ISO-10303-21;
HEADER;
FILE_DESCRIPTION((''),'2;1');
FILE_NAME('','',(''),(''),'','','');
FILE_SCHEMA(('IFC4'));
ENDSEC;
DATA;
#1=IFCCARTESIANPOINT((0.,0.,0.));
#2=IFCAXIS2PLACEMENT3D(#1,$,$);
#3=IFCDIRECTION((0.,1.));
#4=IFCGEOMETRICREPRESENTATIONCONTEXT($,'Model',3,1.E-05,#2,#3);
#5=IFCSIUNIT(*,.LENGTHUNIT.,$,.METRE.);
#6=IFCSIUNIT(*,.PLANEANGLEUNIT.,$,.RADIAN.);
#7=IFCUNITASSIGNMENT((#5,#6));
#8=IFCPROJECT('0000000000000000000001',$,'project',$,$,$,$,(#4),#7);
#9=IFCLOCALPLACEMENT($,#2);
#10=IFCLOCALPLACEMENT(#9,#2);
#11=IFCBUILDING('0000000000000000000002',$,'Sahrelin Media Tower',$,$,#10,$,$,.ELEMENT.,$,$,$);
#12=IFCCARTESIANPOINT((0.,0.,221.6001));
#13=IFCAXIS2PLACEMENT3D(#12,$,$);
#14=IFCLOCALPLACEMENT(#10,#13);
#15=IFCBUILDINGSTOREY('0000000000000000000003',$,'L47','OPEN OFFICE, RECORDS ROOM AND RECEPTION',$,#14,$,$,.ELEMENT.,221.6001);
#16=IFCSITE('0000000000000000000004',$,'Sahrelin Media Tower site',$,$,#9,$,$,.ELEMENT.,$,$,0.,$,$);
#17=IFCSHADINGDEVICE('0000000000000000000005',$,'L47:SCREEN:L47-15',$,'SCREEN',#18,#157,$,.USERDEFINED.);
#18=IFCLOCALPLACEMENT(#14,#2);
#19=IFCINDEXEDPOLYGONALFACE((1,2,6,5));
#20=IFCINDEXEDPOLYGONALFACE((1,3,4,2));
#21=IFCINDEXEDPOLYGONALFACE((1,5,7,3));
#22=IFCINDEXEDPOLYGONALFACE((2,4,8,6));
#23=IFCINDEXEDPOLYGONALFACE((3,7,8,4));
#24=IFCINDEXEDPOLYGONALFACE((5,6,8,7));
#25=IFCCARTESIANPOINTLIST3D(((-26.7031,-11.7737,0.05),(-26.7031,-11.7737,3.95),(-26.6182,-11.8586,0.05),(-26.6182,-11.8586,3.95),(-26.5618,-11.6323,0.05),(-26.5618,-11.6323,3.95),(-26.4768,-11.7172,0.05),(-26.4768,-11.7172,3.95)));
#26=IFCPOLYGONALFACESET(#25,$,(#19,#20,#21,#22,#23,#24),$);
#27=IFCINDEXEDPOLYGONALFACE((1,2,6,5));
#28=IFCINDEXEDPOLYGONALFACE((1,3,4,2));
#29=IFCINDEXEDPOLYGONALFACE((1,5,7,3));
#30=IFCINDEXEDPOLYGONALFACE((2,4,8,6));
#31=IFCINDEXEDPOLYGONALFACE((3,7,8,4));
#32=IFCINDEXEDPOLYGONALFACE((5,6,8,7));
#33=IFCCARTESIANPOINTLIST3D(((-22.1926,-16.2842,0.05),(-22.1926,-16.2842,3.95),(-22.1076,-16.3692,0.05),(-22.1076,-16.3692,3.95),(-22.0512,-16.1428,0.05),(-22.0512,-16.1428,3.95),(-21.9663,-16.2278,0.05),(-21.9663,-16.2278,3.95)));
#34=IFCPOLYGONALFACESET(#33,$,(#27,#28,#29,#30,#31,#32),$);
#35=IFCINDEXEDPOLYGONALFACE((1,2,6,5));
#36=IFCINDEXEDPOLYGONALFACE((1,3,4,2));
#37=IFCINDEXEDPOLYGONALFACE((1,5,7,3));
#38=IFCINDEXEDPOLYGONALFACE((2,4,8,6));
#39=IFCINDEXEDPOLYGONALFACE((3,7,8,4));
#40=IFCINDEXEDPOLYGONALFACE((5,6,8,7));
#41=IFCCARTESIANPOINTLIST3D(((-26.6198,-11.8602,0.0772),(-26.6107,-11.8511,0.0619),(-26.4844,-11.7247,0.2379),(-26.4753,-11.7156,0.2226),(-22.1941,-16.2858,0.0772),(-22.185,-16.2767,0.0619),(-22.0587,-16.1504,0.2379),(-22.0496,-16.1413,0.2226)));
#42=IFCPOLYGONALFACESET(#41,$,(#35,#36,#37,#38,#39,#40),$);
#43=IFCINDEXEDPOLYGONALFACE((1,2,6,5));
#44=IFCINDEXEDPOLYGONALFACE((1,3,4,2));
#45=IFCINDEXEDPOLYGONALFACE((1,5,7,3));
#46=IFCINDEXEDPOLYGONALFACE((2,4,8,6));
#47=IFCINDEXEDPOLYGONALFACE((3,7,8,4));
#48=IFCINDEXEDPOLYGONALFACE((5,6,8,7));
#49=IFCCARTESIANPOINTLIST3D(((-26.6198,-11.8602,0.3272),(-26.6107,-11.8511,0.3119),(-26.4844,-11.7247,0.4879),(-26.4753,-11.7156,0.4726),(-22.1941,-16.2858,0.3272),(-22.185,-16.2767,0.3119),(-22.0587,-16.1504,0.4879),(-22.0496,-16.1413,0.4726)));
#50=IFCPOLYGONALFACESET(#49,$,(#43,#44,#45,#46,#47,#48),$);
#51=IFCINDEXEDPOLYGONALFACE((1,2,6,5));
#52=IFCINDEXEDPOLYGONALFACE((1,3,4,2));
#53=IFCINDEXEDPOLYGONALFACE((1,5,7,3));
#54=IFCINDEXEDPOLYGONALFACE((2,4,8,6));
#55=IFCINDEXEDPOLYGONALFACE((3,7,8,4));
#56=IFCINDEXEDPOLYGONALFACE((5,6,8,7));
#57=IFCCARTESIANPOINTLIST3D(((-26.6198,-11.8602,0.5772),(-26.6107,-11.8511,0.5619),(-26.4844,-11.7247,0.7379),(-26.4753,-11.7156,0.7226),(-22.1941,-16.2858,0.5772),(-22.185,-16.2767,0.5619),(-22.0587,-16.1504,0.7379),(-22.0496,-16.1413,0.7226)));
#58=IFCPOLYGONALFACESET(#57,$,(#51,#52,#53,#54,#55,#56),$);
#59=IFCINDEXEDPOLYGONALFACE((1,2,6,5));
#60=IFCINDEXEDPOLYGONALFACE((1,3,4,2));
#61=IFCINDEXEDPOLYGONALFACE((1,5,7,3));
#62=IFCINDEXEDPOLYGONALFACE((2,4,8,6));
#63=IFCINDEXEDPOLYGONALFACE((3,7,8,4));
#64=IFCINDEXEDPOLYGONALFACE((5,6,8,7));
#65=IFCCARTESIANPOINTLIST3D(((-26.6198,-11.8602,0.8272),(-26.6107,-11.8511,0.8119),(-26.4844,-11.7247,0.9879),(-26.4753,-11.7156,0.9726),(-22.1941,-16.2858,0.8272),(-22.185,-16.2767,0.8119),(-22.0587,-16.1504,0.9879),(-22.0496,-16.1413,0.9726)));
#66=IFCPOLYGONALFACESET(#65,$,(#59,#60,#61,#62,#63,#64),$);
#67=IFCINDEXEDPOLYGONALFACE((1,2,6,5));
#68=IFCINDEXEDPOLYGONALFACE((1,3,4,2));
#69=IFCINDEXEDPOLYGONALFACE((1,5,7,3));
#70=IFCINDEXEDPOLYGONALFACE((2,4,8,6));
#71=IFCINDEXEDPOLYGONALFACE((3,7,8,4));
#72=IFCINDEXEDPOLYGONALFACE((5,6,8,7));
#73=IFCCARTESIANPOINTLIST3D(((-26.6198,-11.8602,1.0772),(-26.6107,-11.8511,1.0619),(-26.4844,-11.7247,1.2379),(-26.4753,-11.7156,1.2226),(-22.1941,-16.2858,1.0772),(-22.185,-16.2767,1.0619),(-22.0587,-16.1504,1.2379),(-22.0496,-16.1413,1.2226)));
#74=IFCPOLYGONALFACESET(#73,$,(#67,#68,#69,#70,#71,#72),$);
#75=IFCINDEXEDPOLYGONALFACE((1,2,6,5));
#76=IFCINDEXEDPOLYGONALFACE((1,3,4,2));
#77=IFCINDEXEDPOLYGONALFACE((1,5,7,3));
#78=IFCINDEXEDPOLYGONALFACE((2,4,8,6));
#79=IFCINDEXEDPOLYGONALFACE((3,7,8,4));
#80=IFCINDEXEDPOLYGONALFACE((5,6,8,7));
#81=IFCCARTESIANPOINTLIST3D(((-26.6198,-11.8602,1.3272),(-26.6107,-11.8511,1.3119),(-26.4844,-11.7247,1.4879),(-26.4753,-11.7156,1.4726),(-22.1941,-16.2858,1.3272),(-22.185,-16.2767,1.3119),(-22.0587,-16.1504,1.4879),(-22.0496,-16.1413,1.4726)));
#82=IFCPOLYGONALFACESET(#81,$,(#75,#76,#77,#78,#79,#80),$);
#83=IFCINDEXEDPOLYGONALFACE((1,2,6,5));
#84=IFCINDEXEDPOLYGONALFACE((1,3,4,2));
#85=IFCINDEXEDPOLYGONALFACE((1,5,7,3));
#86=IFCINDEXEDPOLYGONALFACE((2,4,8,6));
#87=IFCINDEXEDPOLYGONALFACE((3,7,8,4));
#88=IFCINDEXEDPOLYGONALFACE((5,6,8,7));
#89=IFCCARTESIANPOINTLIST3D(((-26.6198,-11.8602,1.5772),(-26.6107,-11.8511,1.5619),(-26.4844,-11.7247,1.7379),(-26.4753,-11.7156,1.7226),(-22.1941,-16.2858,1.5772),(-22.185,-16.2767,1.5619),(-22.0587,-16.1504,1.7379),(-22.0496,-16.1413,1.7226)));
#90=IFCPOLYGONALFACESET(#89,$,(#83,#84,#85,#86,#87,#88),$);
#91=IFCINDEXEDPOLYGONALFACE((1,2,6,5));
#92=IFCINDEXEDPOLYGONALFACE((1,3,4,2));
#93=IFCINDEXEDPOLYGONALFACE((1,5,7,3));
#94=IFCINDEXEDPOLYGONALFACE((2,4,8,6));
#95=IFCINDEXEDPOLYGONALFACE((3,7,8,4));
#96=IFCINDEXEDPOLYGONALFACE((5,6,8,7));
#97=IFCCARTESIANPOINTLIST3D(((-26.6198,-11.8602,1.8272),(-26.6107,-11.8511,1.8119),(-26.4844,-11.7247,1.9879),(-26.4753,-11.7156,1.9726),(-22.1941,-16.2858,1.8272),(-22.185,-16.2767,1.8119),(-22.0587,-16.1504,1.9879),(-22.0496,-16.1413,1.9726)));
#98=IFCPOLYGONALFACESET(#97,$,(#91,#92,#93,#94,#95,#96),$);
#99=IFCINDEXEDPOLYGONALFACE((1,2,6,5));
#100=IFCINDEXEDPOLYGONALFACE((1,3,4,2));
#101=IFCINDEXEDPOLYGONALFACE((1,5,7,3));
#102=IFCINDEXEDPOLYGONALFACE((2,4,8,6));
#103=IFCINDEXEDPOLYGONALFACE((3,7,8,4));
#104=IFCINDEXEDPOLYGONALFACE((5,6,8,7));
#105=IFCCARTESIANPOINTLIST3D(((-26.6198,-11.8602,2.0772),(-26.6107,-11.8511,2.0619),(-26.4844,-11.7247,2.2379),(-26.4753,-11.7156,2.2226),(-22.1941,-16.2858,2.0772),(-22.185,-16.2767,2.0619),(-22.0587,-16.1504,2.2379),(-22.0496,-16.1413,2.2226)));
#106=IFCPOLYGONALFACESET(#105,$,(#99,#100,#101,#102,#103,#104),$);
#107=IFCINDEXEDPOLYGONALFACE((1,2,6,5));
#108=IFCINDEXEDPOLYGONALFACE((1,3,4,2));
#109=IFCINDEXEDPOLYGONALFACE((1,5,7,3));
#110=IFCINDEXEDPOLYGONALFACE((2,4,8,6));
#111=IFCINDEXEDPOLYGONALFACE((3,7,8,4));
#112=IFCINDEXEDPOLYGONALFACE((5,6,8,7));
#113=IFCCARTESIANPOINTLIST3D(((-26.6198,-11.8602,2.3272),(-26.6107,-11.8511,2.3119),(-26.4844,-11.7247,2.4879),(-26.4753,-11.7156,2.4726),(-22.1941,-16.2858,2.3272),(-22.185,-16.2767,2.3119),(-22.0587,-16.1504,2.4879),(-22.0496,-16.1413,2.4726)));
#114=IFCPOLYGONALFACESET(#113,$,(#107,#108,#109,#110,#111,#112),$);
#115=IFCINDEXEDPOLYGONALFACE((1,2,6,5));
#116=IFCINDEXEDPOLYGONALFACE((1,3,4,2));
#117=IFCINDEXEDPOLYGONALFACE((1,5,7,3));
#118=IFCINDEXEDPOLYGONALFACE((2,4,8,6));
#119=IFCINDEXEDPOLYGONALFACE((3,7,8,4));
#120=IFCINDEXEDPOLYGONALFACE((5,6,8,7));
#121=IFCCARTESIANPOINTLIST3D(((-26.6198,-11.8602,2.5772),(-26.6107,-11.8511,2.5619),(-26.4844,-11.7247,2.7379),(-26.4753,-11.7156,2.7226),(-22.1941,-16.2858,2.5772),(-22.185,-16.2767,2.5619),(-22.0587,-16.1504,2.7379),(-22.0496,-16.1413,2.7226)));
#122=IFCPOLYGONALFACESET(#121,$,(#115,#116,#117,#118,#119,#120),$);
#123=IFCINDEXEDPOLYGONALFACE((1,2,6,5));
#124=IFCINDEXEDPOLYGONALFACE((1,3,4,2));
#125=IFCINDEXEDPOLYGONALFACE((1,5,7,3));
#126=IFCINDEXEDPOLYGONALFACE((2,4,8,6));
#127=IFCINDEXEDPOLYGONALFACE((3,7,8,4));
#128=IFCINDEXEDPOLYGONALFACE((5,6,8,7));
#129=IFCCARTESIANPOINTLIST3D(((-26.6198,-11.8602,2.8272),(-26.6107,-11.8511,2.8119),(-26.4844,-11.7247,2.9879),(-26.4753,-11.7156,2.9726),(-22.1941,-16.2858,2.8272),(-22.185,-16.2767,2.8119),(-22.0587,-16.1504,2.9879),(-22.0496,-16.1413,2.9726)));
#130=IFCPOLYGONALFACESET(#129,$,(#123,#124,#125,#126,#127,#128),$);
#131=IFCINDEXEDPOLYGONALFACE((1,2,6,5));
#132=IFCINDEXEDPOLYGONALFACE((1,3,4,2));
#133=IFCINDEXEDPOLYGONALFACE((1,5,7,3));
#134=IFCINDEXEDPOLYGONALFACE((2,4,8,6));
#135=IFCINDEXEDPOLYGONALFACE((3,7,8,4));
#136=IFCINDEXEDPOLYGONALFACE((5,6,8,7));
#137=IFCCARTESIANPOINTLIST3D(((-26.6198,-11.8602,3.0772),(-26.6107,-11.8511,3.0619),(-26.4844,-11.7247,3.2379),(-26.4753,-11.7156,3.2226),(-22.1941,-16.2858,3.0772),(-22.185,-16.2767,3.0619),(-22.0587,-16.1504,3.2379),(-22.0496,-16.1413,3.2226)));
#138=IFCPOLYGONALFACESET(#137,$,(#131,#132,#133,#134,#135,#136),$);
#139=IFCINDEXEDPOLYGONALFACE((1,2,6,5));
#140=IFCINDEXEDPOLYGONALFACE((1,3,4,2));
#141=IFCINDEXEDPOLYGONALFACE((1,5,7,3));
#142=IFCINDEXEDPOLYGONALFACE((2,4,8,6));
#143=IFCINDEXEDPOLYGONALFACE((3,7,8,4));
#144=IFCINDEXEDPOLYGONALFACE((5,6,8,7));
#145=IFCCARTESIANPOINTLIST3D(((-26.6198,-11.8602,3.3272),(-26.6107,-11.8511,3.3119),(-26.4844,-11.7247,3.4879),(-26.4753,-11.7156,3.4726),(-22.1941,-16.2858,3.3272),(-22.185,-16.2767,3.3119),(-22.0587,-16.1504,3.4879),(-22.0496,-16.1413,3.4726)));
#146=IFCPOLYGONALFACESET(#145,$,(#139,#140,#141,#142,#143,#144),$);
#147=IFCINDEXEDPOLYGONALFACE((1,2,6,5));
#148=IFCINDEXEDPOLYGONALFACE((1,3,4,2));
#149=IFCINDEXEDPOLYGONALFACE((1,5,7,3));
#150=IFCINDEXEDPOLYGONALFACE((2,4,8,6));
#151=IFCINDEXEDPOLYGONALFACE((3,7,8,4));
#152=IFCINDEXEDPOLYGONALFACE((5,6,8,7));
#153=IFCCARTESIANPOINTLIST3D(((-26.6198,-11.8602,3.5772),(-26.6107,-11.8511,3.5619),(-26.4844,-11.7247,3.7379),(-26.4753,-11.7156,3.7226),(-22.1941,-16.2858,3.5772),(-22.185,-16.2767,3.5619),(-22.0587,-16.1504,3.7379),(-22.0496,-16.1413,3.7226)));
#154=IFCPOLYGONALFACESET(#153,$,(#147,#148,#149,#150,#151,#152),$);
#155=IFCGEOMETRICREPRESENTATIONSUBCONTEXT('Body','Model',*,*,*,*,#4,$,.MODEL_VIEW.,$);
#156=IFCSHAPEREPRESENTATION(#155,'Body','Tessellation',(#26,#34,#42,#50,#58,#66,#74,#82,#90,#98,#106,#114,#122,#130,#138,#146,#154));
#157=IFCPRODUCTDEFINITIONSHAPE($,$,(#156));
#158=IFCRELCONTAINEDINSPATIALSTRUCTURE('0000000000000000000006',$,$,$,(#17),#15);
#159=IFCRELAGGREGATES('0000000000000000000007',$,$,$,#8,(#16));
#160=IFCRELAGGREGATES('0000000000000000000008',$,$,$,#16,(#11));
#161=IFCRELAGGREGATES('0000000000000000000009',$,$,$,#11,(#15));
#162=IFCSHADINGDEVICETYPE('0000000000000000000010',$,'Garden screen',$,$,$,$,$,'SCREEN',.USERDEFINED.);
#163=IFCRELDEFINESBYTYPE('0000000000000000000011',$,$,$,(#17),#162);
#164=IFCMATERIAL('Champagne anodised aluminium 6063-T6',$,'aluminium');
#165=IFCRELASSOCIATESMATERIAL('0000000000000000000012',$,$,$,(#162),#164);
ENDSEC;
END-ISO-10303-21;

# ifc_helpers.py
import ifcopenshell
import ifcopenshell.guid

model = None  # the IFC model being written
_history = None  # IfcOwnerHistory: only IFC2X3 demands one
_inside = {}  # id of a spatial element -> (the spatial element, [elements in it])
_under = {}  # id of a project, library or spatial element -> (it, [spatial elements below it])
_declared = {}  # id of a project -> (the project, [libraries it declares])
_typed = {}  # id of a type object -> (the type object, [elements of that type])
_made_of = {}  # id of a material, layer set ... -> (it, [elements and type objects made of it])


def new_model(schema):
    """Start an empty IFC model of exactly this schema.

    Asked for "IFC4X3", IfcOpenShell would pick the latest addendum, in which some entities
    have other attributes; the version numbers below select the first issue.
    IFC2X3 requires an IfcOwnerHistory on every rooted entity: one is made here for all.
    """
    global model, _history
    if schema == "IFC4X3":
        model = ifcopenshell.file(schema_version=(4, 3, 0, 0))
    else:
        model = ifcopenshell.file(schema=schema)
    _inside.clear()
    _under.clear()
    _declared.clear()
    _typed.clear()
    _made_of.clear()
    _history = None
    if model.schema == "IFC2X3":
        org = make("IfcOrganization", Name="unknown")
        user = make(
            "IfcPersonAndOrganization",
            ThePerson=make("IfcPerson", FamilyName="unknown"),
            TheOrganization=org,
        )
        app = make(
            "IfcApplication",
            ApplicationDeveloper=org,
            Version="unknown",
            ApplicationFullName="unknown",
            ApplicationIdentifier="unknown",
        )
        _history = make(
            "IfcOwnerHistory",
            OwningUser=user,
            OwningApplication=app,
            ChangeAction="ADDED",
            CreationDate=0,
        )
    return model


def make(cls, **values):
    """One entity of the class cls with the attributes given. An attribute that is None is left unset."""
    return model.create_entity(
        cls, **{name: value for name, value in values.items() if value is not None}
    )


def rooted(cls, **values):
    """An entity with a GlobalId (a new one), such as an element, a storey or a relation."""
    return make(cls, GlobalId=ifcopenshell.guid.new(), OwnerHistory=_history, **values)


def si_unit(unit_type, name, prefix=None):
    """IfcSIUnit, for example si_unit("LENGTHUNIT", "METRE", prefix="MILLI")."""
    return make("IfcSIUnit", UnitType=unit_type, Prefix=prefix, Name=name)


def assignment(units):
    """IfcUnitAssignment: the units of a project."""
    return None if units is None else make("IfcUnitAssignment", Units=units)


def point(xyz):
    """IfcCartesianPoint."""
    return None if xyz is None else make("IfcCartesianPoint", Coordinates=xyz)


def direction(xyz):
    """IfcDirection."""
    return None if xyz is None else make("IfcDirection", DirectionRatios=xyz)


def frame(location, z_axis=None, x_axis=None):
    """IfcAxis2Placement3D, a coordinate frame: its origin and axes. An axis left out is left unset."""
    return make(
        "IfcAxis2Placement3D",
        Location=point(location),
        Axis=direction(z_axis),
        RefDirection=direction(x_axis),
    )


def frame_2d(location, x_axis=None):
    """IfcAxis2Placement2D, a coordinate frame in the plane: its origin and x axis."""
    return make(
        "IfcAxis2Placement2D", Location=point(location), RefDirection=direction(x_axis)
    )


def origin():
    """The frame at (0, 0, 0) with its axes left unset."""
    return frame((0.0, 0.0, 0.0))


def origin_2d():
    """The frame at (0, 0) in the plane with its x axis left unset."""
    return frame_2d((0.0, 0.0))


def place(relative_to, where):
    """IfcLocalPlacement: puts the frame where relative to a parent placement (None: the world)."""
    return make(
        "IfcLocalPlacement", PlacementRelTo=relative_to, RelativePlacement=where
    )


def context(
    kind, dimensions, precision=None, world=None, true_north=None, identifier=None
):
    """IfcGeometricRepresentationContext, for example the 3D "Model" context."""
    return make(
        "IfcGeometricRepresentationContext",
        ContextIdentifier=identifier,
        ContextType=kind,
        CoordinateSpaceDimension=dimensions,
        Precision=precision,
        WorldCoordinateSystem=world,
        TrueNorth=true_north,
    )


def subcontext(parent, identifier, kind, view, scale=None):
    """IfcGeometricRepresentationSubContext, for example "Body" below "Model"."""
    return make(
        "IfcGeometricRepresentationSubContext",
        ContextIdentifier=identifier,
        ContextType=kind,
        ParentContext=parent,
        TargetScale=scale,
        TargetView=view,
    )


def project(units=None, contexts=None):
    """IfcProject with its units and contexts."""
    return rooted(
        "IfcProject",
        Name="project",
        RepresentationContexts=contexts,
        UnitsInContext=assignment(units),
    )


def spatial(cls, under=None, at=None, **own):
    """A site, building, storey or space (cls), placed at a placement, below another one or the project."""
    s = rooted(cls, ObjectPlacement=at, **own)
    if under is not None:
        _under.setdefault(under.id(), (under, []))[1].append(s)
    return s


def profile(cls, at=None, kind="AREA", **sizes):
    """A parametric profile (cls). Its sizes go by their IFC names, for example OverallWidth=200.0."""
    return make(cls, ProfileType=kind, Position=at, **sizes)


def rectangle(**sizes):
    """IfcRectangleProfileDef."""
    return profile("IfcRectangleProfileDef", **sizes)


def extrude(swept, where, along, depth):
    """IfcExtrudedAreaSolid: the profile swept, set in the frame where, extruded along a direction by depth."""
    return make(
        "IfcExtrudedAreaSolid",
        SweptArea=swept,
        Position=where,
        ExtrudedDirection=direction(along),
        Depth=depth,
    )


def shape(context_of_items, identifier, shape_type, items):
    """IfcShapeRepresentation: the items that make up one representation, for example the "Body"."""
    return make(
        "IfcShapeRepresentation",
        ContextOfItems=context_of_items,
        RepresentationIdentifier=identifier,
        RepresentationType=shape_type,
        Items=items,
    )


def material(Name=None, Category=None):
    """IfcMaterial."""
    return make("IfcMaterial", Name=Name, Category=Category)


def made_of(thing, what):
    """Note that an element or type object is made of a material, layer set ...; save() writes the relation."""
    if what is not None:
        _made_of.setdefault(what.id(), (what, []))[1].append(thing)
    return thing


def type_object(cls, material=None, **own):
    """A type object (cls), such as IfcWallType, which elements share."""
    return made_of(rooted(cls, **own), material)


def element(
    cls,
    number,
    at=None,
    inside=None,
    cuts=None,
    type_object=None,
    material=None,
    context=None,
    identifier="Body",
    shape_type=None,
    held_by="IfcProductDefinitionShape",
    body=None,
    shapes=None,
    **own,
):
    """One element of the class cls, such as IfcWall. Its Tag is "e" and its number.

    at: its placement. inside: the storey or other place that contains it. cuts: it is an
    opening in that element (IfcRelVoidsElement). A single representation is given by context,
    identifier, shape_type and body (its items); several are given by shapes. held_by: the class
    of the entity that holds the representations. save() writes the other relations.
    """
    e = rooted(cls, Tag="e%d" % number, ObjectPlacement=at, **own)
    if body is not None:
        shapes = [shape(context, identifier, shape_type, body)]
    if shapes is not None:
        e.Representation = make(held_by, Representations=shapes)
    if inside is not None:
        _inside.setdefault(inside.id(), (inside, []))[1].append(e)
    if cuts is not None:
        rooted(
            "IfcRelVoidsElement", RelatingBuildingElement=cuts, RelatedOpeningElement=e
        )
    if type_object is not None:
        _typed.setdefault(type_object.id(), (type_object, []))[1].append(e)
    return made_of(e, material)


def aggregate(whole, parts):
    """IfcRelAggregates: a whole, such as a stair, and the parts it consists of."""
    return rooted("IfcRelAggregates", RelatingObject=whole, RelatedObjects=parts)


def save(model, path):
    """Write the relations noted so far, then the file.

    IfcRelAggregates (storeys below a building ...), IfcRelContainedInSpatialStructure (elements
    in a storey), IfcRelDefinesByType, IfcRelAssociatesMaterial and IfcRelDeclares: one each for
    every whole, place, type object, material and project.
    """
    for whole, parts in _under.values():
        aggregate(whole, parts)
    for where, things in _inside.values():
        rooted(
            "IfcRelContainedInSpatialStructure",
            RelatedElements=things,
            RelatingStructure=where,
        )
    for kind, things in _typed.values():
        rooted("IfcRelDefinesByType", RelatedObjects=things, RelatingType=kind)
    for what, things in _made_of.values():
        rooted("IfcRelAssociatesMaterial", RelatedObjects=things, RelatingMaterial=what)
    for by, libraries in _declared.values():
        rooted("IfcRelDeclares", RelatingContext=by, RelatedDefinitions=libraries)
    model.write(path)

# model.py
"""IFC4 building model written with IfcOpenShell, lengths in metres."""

from ifc_helpers import new_model, si_unit, direction, frame, origin, origin_2d, place, context, subcontext, project, spatial, rectangle, extrude, material, type_object, element, save


model = new_model("IFC4")

# Units and contexts
model_context = context("Model", 3, precision=1e-05, world=origin(), true_north=direction((0.0, 1.0)))
body_context = subcontext(model_context, "Body", "Model", "MODEL_VIEW")
ifc_project = project(units=[si_unit("LENGTHUNIT", "METRE"), si_unit("PLANEANGLEUNIT", "RADIAN")], contexts=[model_context])

# Site, building, storey
site_placement = place(None, origin())
site = spatial("IfcSite", under=ifc_project, at=site_placement, Name="Sahrelin Media Tower site", CompositionType="ELEMENT", RefElevation=0.0)
building_placement = place(site_placement, origin())
building = spatial("IfcBuilding", under=site, at=building_placement, Name="Sahrelin Media Tower", CompositionType="ELEMENT")
storey_placement = place(building_placement, frame((0.0, 0.0, 221.6001)))
storey = spatial("IfcBuildingStorey", under=building, at=storey_placement, Name="L47", Description="OPEN OFFICE, RECORDS ROOM AND RECEPTION", CompositionType="ELEMENT", Elevation=221.6001)

# Shared definitions
ifc_material_1 = material(Name="Champagne anodised aluminium 6063-T6", Category="aluminium")

# Shading device
shading_device_type_1 = type_object("IfcShadingDeviceType", Name="Garden screen", ElementType="SCREEN", PredefinedType="USERDEFINED", material=ifc_material_1)
shading_device_1_placement = place(storey_placement, frame((-24.2639, -13.9299, 0.0), z_axis=(0.0, 0.0, 1.0), x_axis=(-0.707107, 0.707107, 0.0)))
element("IfcShadingDevice", 1, at=shading_device_1_placement, inside=storey, type_object=shading_device_type_1, Name="L47:SCREEN:L47-15", ObjectType="SCREEN", PredefinedType="USERDEFINED", context=body_context, shape_type="SweptSolid", body=[
    extrude(rectangle(XDim=0.1201, YDim=0.2, at=origin_2d()), frame((3.1895, 0.1001, 0.05), z_axis=(0.0, 0.0, 1.0), x_axis=(1.0, 0.0, 0.0)), (0.0, 0.0, 1.0), 3.8999),
    extrude(rectangle(XDim=0.1201, YDim=0.2, at=origin_2d()), frame((-3.1895, 0.1001, 0.05), z_axis=(0.0, 0.0, 1.0), x_axis=(1.0, 0.0, 0.0)), (0.0, 0.0, 1.0), 3.8999),
    extrude(rectangle(XDim=0.25, YDim=0.02, at=origin_2d()), frame((3.1294, 0.1001, 0.1499), z_axis=(-1.0, 0.0, 0.0), x_axis=(0.0, -0.766044, 0.642788)), (0.0, 0.0, 1.0), 6.2588),
    extrude(rectangle(XDim=0.25, YDim=0.02, at=origin_2d()), frame((3.1294, 0.1001, 0.3999), z_axis=(-1.0, 0.0, 0.0), x_axis=(0.0, -0.766044, 0.642788)), (0.0, 0.0, 1.0), 6.2588),
    extrude(rectangle(XDim=0.25, YDim=0.02, at=origin_2d()), frame((3.1294, 0.1001, 0.6499), z_axis=(-1.0, 0.0, 0.0), x_axis=(0.0, -0.766044, 0.642788)), (0.0, 0.0, 1.0), 6.2588),
    extrude(rectangle(XDim=0.25, YDim=0.02, at=origin_2d()), frame((3.1294, 0.1001, 0.8999), z_axis=(-1.0, 0.0, 0.0), x_axis=(0.0, -0.766044, 0.642788)), (0.0, 0.0, 1.0), 6.2588),
    extrude(rectangle(XDim=0.25, YDim=0.02, at=origin_2d()), frame((3.1294, 0.1001, 1.1499), z_axis=(-1.0, 0.0, 0.0), x_axis=(0.0, -0.766044, 0.642788)), (0.0, 0.0, 1.0), 6.2588),
    extrude(rectangle(XDim=0.25, YDim=0.02, at=origin_2d()), frame((3.1294, 0.1001, 1.3999), z_axis=(-1.0, 0.0, 0.0), x_axis=(0.0, -0.766044, 0.642788)), (0.0, 0.0, 1.0), 6.2588),
    extrude(rectangle(XDim=0.25, YDim=0.02, at=origin_2d()), frame((3.1294, 0.1001, 1.6499), z_axis=(-1.0, 0.0, 0.0), x_axis=(0.0, -0.766044, 0.642788)), (0.0, 0.0, 1.0), 6.2588),
    extrude(rectangle(XDim=0.25, YDim=0.02, at=origin_2d()), frame((3.1294, 0.1001, 1.8999), z_axis=(-1.0, 0.0, 0.0), x_axis=(0.0, -0.766044, 0.642788)), (0.0, 0.0, 1.0), 6.2588),
    extrude(rectangle(XDim=0.25, YDim=0.02, at=origin_2d()), frame((3.1294, 0.1001, 2.1499), z_axis=(-1.0, 0.0, 0.0), x_axis=(0.0, -0.766044, 0.642788)), (0.0, 0.0, 1.0), 6.2588),
    extrude(rectangle(XDim=0.25, YDim=0.02, at=origin_2d()), frame((3.1294, 0.1001, 2.3999), z_axis=(-1.0, 0.0, 0.0), x_axis=(0.0, -0.766044, 0.642788)), (0.0, 0.0, 1.0), 6.2588),
    extrude(rectangle(XDim=0.25, YDim=0.02, at=origin_2d()), frame((3.1294, 0.1001, 2.6499), z_axis=(-1.0, 0.0, 0.0), x_axis=(0.0, -0.766044, 0.642788)), (0.0, 0.0, 1.0), 6.2588),
    extrude(rectangle(XDim=0.25, YDim=0.02, at=origin_2d()), frame((3.1294, 0.1001, 2.8999), z_axis=(-1.0, 0.0, 0.0), x_axis=(0.0, -0.766044, 0.642788)), (0.0, 0.0, 1.0), 6.2588),
    extrude(rectangle(XDim=0.25, YDim=0.02, at=origin_2d()), frame((3.1294, 0.1001, 3.1499), z_axis=(-1.0, 0.0, 0.0), x_axis=(0.0, -0.766044, 0.642788)), (0.0, 0.0, 1.0), 6.2588),
    extrude(rectangle(XDim=0.25, YDim=0.02, at=origin_2d()), frame((3.1294, 0.1001, 3.3999), z_axis=(-1.0, 0.0, 0.0), x_axis=(0.0, -0.766044, 0.642788)), (0.0, 0.0, 1.0), 6.2588),
    extrude(rectangle(XDim=0.25, YDim=0.02, at=origin_2d()), frame((3.1294, 0.1001, 3.6499), z_axis=(-1.0, 0.0, 0.0), x_axis=(0.0, -0.766044, 0.642788)), (0.0, 0.0, 1.0), 6.2588),
])

save(model, "model.ifc")
